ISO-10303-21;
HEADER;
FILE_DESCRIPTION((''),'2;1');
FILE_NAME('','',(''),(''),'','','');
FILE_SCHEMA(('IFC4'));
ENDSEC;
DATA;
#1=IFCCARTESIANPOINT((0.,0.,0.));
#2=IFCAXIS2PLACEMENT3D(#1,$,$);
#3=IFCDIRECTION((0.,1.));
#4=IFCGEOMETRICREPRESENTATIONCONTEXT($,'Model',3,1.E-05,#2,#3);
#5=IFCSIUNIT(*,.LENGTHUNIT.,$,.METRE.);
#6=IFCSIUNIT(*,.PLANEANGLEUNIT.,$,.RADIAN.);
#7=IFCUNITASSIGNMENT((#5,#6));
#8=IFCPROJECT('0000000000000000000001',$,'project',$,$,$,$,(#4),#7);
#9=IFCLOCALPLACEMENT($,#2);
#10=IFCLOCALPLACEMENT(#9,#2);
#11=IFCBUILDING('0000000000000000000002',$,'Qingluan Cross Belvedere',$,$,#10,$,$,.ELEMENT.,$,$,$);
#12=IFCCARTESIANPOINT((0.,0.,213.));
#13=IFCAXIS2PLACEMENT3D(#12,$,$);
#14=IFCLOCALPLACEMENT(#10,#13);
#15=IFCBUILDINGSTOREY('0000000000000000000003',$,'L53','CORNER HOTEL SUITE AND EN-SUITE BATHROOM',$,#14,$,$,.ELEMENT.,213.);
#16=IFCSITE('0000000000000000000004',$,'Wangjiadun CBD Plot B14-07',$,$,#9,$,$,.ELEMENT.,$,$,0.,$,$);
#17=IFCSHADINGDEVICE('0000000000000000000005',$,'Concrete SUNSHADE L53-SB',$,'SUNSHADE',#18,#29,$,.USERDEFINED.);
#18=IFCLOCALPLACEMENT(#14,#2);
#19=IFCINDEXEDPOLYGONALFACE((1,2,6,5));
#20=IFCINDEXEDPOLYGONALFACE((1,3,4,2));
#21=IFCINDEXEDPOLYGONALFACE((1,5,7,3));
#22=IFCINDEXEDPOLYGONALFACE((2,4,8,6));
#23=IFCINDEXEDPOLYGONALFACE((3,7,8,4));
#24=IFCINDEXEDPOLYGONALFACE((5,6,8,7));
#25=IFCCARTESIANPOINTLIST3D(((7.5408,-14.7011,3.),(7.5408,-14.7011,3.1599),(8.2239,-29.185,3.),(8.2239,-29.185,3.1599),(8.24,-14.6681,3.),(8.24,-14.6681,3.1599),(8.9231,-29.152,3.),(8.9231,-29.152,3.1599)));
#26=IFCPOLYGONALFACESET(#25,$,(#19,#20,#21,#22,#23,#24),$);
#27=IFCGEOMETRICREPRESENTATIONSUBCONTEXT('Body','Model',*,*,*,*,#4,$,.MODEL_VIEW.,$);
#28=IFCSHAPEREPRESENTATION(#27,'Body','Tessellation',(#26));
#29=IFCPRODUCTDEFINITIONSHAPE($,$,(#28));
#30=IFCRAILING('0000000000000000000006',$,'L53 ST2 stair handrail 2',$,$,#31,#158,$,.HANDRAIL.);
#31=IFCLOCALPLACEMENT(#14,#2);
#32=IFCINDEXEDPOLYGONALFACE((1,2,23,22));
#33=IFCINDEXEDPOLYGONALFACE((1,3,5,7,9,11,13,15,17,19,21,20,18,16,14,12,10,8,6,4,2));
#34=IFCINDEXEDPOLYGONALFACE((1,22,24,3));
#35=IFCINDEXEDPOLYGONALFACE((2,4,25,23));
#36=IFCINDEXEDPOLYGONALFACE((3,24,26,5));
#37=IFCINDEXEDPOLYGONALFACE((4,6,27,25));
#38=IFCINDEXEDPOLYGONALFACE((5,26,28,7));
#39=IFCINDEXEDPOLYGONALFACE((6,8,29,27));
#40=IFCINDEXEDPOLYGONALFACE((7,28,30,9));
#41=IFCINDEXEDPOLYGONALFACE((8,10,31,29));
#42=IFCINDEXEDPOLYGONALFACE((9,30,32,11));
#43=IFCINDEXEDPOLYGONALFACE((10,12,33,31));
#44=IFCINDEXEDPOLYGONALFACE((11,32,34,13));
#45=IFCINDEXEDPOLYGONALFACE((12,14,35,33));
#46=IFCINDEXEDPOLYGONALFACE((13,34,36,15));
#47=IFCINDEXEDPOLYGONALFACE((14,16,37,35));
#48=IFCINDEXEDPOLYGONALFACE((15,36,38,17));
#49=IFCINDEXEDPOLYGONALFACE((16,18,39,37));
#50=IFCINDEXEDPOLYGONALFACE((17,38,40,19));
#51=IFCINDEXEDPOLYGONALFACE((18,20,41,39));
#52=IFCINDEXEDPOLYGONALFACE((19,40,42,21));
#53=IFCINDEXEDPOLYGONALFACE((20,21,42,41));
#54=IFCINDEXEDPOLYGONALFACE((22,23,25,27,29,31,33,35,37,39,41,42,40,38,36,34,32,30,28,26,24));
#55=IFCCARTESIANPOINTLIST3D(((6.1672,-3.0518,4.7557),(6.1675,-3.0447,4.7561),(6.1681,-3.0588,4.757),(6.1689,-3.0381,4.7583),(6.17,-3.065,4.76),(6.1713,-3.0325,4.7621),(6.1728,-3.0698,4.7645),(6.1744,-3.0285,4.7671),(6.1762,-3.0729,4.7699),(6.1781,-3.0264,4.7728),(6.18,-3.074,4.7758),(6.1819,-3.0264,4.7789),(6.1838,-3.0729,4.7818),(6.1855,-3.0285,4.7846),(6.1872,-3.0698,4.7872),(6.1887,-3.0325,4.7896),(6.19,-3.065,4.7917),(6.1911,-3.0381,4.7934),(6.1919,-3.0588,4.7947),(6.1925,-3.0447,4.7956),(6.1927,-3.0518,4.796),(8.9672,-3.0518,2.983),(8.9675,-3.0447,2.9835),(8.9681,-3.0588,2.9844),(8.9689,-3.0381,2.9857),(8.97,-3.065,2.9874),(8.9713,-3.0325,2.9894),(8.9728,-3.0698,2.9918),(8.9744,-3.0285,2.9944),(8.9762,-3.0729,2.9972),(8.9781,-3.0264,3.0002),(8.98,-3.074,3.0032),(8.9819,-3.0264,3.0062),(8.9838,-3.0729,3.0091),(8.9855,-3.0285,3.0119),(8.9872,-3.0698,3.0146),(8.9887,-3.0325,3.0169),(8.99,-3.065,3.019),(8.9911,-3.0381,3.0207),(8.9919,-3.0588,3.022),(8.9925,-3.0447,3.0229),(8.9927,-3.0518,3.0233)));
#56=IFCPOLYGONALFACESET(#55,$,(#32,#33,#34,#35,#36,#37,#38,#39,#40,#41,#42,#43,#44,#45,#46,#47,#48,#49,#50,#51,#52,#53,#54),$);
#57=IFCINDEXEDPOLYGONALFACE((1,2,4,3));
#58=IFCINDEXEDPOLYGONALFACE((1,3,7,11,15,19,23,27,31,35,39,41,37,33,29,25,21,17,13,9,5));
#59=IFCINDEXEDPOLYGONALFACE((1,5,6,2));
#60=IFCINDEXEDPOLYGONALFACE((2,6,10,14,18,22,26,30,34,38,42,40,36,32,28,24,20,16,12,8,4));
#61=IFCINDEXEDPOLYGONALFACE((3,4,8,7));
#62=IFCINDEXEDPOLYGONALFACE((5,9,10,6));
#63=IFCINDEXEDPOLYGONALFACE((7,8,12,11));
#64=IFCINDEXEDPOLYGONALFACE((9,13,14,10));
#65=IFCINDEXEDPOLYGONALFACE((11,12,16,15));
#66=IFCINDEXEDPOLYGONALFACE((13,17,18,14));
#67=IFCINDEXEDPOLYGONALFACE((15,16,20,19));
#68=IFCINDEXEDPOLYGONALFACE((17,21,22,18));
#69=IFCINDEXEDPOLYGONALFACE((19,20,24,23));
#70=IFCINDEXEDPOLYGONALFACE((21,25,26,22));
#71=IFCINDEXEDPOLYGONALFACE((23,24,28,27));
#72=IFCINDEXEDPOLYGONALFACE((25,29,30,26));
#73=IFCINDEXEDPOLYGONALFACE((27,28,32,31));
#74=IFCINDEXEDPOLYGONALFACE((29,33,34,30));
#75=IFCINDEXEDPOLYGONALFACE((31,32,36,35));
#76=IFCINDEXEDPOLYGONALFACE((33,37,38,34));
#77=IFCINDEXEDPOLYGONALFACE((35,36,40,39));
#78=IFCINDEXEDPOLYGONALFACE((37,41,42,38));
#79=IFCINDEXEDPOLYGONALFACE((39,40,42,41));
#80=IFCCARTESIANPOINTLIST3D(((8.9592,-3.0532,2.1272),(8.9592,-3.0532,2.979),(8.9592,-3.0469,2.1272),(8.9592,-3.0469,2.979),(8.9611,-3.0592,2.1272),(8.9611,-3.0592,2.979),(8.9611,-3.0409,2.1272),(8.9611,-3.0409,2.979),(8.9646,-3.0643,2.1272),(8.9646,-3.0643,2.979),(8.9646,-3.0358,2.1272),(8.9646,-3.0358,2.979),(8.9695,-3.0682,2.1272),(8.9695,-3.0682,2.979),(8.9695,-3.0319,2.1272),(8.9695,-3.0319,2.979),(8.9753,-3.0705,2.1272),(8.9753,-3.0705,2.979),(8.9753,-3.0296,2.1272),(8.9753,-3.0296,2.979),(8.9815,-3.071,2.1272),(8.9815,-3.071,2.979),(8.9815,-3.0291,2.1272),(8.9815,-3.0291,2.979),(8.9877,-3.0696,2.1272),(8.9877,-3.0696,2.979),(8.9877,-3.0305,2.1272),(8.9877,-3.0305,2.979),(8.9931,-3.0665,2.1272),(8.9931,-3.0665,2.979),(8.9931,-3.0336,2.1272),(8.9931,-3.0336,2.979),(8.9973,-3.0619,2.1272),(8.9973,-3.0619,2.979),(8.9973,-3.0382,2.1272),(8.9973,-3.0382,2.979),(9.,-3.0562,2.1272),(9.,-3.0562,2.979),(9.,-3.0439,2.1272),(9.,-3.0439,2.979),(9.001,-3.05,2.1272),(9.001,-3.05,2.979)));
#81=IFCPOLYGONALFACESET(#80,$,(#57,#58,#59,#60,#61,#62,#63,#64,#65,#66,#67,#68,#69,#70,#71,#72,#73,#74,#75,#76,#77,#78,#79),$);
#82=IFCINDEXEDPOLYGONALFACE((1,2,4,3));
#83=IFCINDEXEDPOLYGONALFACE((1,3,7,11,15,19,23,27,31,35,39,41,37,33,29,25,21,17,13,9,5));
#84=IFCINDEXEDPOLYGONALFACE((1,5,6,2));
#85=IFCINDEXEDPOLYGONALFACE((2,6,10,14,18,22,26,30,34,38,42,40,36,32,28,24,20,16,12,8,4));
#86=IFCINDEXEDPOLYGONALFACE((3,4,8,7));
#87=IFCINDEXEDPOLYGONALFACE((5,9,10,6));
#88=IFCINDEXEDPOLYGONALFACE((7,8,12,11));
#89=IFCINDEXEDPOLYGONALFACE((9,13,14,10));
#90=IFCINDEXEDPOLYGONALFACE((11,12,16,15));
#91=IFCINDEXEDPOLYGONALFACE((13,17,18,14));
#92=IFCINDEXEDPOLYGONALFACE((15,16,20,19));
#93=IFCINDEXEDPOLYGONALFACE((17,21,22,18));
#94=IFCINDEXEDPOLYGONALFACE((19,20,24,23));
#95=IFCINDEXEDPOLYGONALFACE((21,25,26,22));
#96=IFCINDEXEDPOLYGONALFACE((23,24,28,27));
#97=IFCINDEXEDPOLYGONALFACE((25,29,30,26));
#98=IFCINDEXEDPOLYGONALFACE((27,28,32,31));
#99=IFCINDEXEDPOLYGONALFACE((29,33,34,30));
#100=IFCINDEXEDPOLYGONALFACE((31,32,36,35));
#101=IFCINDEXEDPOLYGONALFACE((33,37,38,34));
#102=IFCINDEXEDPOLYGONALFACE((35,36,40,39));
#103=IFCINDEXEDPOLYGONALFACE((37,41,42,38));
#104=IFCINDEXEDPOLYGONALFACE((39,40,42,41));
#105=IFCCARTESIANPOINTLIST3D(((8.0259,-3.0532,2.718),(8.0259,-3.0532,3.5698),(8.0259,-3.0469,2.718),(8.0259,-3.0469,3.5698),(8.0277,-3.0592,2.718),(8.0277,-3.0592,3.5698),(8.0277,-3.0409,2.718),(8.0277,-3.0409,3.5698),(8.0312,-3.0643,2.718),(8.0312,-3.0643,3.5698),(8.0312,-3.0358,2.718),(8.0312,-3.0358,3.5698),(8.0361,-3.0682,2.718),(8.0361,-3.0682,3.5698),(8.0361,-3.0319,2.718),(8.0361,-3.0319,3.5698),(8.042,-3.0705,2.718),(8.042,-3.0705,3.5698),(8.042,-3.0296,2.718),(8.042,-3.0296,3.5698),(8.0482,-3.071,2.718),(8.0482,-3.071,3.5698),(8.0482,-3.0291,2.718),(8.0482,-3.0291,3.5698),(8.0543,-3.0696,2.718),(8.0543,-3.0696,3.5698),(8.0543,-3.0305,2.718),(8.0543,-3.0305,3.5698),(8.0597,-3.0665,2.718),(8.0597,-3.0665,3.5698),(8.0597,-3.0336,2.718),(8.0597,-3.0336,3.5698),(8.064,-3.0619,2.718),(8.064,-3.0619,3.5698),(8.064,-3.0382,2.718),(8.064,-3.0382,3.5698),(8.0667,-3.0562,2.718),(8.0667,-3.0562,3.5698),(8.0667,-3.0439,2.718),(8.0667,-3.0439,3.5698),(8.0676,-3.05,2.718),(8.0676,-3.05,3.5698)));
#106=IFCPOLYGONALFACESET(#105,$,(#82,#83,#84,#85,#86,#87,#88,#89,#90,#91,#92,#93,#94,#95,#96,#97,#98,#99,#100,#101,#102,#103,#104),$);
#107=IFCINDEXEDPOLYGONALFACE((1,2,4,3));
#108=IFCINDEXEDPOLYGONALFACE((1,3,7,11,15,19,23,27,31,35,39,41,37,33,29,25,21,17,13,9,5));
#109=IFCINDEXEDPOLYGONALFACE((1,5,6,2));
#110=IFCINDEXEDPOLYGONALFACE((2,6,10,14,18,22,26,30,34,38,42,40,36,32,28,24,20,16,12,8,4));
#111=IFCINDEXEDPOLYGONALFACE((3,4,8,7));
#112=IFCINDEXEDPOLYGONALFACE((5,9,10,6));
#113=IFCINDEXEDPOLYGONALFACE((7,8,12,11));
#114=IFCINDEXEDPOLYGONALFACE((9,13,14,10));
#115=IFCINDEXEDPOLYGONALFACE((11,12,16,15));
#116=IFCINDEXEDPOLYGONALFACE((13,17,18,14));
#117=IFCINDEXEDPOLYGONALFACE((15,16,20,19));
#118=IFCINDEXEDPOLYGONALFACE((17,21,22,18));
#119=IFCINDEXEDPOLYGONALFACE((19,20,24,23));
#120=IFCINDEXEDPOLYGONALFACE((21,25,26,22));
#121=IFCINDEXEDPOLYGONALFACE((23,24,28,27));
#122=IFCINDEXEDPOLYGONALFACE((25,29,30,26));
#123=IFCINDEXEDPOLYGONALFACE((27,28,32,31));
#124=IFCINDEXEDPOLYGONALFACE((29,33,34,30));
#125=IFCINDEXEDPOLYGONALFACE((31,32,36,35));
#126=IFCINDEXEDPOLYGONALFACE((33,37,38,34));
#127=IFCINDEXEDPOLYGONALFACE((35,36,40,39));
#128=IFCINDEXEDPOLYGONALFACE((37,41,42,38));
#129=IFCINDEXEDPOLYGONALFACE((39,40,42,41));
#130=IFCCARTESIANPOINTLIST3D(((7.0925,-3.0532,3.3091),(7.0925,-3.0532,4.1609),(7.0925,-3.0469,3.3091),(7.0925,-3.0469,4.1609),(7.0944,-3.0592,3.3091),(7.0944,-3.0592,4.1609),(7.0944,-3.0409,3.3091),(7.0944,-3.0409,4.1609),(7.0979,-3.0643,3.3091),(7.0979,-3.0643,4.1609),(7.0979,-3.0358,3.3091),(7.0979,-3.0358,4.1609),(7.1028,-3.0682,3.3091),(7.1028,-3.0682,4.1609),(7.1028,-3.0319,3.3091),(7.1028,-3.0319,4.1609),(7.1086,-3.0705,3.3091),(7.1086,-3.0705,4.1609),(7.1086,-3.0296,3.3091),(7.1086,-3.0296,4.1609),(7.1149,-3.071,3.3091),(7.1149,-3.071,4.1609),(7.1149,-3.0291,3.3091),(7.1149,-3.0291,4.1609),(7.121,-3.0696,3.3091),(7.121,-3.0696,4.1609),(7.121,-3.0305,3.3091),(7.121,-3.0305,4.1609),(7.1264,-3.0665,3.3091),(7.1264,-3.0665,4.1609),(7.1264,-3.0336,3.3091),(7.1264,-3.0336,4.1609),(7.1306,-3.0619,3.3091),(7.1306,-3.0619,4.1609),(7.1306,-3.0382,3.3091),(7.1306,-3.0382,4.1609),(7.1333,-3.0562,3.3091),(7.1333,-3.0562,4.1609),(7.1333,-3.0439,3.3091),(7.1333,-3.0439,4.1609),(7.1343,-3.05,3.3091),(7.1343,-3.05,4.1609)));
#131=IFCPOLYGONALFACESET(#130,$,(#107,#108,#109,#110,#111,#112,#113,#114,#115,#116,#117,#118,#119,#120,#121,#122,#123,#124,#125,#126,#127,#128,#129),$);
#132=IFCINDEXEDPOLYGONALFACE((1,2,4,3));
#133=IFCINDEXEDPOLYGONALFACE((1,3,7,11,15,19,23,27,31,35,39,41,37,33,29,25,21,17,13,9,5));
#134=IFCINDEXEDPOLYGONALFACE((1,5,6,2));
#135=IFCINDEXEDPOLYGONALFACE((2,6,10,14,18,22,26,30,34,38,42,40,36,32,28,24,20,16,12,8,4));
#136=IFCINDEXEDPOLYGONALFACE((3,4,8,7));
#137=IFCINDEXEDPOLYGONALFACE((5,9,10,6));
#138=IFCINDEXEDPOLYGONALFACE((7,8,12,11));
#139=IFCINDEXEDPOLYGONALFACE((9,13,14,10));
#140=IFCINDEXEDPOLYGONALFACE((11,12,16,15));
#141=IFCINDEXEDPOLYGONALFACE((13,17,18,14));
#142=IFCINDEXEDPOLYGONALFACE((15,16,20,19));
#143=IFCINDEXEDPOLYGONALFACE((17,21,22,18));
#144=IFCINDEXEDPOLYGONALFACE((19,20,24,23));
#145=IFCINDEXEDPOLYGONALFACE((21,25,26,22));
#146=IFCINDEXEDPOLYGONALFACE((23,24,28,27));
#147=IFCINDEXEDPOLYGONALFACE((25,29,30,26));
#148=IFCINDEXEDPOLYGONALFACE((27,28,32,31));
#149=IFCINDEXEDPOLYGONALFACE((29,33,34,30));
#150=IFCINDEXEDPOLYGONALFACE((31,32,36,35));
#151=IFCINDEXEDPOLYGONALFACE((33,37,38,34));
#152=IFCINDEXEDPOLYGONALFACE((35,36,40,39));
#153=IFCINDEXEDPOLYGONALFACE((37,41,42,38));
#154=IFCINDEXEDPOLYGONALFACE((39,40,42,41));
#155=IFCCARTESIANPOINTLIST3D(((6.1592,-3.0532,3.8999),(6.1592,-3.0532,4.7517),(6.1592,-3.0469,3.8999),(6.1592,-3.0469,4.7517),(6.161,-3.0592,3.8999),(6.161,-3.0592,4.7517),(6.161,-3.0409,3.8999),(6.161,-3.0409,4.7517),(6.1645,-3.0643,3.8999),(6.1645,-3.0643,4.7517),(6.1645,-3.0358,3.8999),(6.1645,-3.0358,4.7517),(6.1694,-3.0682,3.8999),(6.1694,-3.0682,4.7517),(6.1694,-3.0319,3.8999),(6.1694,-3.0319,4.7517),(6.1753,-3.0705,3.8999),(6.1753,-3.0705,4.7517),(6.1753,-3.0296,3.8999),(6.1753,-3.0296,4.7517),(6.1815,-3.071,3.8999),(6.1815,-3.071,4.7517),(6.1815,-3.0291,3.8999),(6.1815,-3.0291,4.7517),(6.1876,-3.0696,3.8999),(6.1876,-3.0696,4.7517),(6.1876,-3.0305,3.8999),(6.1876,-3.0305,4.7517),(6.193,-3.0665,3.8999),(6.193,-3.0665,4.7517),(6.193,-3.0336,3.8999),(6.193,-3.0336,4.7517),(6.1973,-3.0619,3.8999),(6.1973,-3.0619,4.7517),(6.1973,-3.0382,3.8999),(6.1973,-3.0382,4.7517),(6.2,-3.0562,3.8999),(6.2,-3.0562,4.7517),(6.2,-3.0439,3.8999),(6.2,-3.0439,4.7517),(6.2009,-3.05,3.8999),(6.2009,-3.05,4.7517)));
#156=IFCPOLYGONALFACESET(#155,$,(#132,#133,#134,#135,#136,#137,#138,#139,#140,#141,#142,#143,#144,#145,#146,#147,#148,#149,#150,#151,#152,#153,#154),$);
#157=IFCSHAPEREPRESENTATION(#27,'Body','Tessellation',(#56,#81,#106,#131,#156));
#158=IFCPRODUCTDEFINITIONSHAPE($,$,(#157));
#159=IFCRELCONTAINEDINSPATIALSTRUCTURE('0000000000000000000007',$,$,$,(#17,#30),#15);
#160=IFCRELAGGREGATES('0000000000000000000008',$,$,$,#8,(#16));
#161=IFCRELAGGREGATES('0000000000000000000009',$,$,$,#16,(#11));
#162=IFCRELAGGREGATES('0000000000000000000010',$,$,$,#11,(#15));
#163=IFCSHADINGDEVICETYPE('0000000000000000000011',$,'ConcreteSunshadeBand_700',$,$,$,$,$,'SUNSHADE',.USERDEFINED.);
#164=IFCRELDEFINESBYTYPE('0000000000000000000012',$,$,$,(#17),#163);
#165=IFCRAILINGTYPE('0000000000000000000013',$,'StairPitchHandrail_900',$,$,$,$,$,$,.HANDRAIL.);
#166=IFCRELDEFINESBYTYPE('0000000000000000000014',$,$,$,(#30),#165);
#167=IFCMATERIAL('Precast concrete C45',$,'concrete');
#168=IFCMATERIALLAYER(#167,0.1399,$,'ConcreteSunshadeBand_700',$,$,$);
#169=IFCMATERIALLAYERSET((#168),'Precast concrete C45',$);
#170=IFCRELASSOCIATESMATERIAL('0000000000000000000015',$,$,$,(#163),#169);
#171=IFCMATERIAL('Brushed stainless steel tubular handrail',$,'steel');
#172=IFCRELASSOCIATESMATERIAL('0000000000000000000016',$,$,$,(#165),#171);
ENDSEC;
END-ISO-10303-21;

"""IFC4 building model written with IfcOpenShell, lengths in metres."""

from ifc_helpers import new_model, si_unit, direction, frame, origin, origin_2d, place, context, subcontext, project, spatial, rectangle, circle, extrude, material, layer, layer_set, type_object, element, save


model = new_model("IFC4")

# Units and contexts
model_context = context("Model", 3, precision=1e-05, world=origin(), true_north=direction((0.0, 1.0)))
body_context = subcontext(model_context, "Body", "Model", "MODEL_VIEW")
ifc_project = project(units=[si_unit("LENGTHUNIT", "METRE"), si_unit("PLANEANGLEUNIT", "RADIAN")], contexts=[model_context])

# Site, building, storey
site_placement = place(None, origin())
site = spatial("IfcSite", under=ifc_project, at=site_placement, Name="Wangjiadun CBD Plot B14-07", CompositionType="ELEMENT", RefElevation=0.0)
building_placement = place(site_placement, origin())
building = spatial("IfcBuilding", under=site, at=building_placement, Name="Qingluan Cross Belvedere", CompositionType="ELEMENT")
storey_placement = place(building_placement, frame((0.0, 0.0, 213.0)))
storey = spatial("IfcBuildingStorey", under=building, at=storey_placement, Name="L53", Description="CORNER HOTEL SUITE AND EN-SUITE BATHROOM", CompositionType="ELEMENT", Elevation=213.0)

# Shading device
ifc_material_1 = material(Name="Precast concrete C45", Category="concrete")
ifc_layer_1 = layer(ifc_material_1, 0.1399, Name="ConcreteSunshadeBand_700")
ifc_layer_set_1 = layer_set([ifc_layer_1], Name="Precast concrete C45")
shading_device_type = type_object("IfcShadingDeviceType", Name="ConcreteSunshadeBand_700", ElementType="SUNSHADE", PredefinedType="USERDEFINED", material=ifc_layer_set_1)
shading_device_placement = place(storey_placement, frame((8.2319, -21.9265, 3.0), z_axis=(0.0, 0.0, 1.0), x_axis=(-0.047109, 0.99889, 0.0)))
element("IfcShadingDevice", 1, at=shading_device_placement, inside=storey, type_object=shading_device_type, Name="Concrete SUNSHADE L53-SB", ObjectType="SUNSHADE", PredefinedType="USERDEFINED", context=body_context, shape_type="SweptSolid", body=[
    extrude(rectangle(XDim=14.5, YDim=0.7, at=origin_2d()), origin(), (0.0, 0.0, 1.0), 0.1599),
])

# Railing
ifc_material_2 = material(Name="Brushed stainless steel tubular handrail", Category="steel")
railing_type_1 = type_object("IfcRailingType", Name="StairPitchHandrail_900", PredefinedType="HANDRAIL", material=ifc_material_2)
railing_1_placement = place(storey_placement, frame((8.98, -3.05, 2.1272)))
element("IfcRailing", 2, at=railing_1_placement, inside=storey, type_object=railing_type_1, Name="L53 ST2 stair handrail 2", PredefinedType="HANDRAIL", context=body_context, shape_type="SweptSolid", body=[
    extrude(circle(Radius=0.0239, at=origin_2d()), frame((0.0, 0.0, 0.876), z_axis=(-0.844909, 0.0, 0.53491), x_axis=(0.0, -1.0, 0.0)), (0.0, 0.0, 1.0), 3.314),
    extrude(circle(Radius=0.021, at=origin_2d()), origin(), (0.0, 0.0, 1.0), 0.8518),
    extrude(circle(Radius=0.021, at=origin_2d()), frame((-0.9333, 0.0, 0.5908)), (0.0, 0.0, 1.0), 0.8518),
    extrude(circle(Radius=0.021, at=origin_2d()), frame((-1.8667, 0.0, 1.1819)), (0.0, 0.0, 1.0), 0.8518),
    extrude(circle(Radius=0.021, at=origin_2d()), frame((-2.8, 0.0, 1.7727)), (0.0, 0.0, 1.0), 0.8518),
])

save(model, "model.ifc")
